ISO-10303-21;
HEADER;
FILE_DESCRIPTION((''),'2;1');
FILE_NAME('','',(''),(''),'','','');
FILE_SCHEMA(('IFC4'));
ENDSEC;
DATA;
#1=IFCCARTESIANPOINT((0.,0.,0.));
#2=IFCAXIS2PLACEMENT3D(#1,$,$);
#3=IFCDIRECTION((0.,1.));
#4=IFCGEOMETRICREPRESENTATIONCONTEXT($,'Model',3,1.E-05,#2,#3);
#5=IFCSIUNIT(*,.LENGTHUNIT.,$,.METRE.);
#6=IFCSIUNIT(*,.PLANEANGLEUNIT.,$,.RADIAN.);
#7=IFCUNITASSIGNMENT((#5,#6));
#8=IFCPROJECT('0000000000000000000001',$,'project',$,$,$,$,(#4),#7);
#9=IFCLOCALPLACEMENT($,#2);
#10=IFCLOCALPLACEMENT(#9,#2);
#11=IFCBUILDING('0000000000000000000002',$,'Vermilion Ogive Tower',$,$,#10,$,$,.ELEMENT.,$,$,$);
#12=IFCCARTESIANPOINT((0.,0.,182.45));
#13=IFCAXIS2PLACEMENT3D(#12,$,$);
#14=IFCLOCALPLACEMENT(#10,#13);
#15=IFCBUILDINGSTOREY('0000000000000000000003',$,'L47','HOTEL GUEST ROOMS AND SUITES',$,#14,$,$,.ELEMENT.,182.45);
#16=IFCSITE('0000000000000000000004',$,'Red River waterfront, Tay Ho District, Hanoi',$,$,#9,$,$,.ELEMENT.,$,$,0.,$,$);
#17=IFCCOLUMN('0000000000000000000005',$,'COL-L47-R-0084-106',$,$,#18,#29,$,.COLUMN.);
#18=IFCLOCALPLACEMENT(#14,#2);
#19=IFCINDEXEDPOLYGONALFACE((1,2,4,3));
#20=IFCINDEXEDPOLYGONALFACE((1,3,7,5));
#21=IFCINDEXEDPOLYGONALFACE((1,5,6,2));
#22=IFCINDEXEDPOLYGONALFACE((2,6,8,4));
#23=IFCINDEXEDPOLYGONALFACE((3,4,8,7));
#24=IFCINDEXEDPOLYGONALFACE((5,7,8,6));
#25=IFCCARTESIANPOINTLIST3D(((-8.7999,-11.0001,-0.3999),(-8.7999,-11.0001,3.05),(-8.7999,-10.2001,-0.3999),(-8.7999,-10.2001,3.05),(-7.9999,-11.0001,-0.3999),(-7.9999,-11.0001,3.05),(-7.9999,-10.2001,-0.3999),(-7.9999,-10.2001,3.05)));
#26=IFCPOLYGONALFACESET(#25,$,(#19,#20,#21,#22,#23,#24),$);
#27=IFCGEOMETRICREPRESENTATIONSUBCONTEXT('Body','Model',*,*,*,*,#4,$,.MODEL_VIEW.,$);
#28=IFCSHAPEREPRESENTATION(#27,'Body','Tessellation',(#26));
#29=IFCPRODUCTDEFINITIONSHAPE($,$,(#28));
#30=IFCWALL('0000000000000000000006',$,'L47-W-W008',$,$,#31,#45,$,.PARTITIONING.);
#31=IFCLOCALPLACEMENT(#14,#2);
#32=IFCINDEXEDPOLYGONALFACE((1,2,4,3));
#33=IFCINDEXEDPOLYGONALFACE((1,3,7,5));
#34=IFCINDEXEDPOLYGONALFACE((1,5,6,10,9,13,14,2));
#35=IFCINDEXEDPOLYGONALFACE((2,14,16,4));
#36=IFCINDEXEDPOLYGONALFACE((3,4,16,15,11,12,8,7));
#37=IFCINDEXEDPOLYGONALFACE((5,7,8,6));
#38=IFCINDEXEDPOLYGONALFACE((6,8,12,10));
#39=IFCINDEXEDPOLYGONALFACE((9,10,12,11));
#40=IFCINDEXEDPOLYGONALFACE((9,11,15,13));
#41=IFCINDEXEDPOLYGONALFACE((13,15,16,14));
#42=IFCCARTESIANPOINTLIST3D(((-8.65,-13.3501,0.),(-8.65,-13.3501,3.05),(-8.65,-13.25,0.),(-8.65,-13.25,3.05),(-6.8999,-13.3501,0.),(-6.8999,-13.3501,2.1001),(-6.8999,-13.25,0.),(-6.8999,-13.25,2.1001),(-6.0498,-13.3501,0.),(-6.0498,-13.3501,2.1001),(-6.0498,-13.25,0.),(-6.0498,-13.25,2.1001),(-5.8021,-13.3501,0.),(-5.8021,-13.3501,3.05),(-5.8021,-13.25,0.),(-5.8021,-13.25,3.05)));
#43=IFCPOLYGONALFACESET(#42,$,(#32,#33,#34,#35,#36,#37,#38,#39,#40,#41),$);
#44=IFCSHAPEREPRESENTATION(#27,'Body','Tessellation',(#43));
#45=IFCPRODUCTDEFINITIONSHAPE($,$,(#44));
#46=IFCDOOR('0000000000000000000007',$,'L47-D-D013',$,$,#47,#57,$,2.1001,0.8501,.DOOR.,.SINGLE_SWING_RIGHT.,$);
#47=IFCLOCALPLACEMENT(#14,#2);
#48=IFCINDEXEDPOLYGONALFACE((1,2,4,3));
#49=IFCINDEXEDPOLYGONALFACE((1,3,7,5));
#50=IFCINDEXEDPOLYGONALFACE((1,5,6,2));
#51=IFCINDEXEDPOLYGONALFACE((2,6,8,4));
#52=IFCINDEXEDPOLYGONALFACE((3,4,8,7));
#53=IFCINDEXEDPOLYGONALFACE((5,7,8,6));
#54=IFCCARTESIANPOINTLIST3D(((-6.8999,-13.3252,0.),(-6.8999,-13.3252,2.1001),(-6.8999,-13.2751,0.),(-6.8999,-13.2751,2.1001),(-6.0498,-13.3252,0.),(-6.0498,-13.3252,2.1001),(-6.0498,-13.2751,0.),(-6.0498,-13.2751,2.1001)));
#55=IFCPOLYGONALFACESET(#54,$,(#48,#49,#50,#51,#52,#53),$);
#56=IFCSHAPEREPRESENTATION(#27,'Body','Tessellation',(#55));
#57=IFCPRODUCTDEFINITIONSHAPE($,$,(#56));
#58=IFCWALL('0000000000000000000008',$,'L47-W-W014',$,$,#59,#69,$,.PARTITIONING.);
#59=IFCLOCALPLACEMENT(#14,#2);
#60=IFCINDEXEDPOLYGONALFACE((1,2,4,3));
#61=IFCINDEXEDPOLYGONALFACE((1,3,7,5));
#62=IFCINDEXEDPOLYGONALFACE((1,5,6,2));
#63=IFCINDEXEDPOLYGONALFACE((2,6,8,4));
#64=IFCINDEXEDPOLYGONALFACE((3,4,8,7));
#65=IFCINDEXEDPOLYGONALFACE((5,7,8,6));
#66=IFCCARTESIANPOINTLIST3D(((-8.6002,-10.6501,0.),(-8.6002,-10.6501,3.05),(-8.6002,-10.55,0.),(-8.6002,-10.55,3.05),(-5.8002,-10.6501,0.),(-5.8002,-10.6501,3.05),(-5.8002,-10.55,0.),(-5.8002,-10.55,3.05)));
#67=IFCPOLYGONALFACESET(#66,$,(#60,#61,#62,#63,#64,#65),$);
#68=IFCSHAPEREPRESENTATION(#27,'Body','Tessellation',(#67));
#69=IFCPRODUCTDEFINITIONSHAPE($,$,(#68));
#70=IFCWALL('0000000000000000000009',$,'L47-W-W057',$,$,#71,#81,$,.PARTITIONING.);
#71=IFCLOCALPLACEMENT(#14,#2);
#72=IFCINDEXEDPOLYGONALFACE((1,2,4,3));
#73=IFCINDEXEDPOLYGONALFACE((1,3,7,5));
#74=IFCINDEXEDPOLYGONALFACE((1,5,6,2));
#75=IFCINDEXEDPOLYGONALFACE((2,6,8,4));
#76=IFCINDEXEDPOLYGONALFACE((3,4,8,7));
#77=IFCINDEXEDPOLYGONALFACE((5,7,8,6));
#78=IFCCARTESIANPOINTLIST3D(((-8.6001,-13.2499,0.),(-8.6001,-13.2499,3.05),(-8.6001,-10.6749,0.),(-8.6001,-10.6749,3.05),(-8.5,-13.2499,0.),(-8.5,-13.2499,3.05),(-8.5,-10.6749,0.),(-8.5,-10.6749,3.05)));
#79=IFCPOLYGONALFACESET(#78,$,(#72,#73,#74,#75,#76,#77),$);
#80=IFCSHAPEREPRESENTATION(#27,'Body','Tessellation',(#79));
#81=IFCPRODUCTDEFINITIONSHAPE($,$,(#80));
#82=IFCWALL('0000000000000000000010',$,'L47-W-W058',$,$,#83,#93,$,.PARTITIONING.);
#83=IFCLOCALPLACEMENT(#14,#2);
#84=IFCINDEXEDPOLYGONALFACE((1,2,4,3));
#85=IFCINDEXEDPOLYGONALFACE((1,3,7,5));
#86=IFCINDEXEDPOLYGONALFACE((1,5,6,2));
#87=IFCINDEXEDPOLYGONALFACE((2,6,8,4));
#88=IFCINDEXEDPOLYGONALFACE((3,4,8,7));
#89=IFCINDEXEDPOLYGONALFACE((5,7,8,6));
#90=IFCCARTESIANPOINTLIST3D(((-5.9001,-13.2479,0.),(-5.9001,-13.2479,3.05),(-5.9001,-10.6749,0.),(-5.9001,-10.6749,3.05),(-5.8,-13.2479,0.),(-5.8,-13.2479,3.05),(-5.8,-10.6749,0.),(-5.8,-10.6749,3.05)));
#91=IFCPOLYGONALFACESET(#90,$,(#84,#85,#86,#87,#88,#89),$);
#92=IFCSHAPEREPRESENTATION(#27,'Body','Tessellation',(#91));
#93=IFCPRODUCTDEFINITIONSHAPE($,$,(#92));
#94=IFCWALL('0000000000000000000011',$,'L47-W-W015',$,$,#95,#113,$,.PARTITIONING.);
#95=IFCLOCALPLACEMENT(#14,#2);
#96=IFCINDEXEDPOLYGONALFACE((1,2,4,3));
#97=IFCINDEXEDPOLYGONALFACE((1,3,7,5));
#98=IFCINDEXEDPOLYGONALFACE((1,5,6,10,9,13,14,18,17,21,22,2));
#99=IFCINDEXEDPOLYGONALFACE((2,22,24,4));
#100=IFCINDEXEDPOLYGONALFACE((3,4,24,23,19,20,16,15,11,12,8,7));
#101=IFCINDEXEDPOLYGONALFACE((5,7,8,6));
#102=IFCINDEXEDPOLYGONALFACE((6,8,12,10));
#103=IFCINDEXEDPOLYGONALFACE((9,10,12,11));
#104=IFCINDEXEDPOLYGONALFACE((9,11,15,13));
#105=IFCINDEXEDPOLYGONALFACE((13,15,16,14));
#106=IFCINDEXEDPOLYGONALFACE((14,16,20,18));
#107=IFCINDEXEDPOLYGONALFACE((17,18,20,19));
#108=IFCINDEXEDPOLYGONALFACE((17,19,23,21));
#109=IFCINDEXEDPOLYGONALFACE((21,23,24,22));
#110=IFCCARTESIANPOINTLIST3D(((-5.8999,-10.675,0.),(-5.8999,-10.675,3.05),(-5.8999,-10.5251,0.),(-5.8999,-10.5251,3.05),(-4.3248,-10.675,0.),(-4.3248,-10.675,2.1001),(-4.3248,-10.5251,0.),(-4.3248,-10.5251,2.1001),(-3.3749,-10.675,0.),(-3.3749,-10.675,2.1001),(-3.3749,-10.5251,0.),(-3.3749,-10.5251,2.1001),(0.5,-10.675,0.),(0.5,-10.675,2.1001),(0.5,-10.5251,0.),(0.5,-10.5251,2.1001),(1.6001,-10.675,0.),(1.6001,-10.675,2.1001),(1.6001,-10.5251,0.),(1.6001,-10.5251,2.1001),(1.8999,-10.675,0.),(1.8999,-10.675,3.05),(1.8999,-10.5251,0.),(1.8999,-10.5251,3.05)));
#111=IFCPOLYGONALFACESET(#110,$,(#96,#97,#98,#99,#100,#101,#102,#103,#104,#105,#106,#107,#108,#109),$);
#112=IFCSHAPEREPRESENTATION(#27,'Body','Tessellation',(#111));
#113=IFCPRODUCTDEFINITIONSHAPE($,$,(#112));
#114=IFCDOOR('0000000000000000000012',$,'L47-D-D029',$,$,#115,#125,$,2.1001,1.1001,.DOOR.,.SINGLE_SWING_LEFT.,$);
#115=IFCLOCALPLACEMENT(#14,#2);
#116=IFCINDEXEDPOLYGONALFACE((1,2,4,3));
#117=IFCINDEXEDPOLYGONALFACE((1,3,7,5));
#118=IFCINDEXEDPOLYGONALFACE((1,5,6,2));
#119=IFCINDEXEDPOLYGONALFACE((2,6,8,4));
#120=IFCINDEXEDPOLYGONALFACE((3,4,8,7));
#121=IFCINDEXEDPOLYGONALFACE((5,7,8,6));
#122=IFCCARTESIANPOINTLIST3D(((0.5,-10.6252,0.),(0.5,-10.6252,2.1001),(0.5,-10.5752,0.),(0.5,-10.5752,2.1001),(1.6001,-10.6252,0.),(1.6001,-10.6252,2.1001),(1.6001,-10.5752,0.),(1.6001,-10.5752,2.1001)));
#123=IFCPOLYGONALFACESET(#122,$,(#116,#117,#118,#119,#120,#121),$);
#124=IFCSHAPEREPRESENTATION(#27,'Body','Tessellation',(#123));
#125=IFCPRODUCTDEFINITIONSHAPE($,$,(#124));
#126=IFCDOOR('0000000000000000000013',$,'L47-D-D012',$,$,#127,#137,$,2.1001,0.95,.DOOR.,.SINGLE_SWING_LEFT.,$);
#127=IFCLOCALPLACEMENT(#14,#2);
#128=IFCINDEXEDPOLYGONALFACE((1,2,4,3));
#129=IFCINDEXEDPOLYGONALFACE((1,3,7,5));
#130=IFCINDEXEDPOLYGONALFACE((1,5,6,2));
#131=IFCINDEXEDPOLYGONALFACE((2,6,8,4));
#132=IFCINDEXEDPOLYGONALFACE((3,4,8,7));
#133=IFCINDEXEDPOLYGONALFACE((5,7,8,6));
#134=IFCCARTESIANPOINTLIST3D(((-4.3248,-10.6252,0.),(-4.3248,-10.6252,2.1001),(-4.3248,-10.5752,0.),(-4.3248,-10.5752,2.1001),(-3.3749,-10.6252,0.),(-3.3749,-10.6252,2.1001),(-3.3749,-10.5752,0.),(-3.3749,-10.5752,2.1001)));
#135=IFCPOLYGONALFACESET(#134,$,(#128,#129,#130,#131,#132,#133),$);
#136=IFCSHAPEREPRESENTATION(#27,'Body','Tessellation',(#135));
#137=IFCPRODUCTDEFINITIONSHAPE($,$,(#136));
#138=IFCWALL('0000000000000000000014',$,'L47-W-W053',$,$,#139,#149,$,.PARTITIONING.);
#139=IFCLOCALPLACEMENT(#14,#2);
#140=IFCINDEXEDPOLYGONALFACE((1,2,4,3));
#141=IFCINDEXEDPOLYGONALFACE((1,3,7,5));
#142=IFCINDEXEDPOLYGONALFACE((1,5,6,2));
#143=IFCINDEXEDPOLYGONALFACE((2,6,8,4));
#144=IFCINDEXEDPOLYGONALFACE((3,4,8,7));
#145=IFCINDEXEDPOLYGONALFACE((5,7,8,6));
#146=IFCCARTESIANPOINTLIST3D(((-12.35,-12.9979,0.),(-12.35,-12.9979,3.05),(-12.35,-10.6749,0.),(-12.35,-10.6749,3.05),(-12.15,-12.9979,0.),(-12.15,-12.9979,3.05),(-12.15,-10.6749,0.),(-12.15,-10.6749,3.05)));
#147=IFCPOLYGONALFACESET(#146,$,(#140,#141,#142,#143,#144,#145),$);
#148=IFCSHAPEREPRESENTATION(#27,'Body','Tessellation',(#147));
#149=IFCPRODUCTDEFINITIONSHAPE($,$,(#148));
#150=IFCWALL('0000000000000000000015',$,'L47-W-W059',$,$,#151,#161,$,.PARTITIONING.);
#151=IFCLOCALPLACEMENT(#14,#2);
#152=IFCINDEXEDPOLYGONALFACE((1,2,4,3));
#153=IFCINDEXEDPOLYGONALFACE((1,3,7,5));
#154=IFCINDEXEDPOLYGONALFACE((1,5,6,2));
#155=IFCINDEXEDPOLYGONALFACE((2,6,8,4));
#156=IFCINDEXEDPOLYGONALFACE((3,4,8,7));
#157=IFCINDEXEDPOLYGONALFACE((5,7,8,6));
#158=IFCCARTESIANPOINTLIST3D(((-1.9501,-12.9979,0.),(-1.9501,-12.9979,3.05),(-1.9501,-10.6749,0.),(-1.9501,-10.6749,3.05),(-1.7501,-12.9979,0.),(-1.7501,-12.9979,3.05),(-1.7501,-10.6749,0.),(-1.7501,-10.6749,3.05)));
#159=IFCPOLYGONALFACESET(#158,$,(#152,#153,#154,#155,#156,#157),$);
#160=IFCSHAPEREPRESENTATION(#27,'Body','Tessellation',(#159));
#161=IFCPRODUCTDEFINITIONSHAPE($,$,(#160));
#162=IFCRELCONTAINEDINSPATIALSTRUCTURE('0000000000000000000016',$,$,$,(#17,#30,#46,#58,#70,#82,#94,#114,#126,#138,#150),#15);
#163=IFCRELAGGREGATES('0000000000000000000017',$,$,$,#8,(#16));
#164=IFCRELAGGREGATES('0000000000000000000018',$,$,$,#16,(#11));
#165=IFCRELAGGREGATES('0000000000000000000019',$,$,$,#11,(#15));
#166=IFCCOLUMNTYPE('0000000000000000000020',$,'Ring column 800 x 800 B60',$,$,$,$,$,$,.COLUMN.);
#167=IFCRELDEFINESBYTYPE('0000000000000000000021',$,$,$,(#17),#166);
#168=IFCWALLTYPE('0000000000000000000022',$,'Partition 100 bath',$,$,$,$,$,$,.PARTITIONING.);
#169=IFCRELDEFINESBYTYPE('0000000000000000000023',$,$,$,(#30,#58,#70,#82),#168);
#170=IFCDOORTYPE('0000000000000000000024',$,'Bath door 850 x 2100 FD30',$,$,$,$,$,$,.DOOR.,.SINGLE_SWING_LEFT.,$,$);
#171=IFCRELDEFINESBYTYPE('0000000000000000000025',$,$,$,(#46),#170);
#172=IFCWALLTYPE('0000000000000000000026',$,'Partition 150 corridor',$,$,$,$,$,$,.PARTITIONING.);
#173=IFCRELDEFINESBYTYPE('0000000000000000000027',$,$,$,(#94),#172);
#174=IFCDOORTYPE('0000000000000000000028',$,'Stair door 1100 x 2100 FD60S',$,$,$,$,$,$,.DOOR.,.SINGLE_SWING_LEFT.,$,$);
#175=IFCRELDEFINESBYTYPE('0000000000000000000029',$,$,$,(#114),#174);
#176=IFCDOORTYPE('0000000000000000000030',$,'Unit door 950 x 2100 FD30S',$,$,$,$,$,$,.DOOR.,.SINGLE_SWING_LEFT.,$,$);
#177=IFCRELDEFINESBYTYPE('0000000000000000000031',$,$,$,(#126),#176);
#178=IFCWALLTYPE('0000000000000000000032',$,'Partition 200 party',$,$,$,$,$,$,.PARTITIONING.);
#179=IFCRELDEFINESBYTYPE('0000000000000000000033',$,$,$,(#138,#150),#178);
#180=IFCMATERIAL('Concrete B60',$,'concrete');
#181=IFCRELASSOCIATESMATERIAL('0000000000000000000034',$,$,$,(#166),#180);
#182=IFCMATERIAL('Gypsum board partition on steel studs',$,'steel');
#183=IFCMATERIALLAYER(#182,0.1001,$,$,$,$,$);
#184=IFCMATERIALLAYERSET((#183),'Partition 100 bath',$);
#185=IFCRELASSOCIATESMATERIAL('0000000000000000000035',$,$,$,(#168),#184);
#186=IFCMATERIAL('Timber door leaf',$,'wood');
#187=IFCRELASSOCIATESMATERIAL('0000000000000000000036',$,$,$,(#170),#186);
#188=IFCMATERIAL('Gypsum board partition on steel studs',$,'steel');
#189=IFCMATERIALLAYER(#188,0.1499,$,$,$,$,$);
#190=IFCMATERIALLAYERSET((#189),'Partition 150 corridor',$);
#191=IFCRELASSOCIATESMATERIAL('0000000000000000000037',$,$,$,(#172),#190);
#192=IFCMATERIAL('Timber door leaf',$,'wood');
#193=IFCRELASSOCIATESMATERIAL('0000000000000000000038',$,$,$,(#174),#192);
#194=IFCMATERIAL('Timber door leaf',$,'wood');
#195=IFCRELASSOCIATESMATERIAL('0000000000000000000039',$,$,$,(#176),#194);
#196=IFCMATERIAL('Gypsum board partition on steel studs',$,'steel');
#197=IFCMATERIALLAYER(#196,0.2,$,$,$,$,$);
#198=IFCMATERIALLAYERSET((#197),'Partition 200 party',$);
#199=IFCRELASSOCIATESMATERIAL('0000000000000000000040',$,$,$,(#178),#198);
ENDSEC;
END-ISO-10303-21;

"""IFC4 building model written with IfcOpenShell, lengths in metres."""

from ifc_helpers import new_model, si_unit, direction, frame, frame_2d, origin, origin_2d, place, context, subcontext, project, spatial, rectangle, extrude, material, layer, layer_set, material_profile, profile_set, type_object, element, fill, save


model = new_model("IFC4")

# Units and contexts
model_context = context("Model", 3, precision=1e-05, world=origin(), true_north=direction((0.0, 1.0)))
body_context = subcontext(model_context, "Body", "Model", "MODEL_VIEW")
ifc_project = project(units=[si_unit("LENGTHUNIT", "METRE"), si_unit("PLANEANGLEUNIT", "RADIAN")], contexts=[model_context])

# Site, building, storey
site_placement = place(None, origin())
site = spatial("IfcSite", under=ifc_project, at=site_placement, Name="Red River waterfront, Tay Ho District, Hanoi", CompositionType="ELEMENT", RefElevation=0.0)
building_placement = place(site_placement, origin())
building = spatial("IfcBuilding", under=site, at=building_placement, Name="Vermilion Ogive Tower", CompositionType="ELEMENT")
storey_placement = place(building_placement, frame((0.0, 0.0, 182.45)))
storey = spatial("IfcBuildingStorey", under=building, at=storey_placement, Name="L47", Description="HOTEL GUEST ROOMS AND SUITES", CompositionType="ELEMENT", Elevation=182.45)

# Column
ifc_material_1 = material(Name="Concrete B60", Category="concrete")
ifc_material_profile = material_profile(ifc_material_1, rectangle(XDim=0.8, YDim=0.8, at=origin_2d()), Name="800 x 800")
ifc_profile_set = profile_set([ifc_material_profile], Name="Concrete B60")
column_type = type_object("IfcColumnType", Name="Ring column 800 x 800 B60", PredefinedType="COLUMN", material=ifc_profile_set)
column_placement = place(storey_placement, frame((-8.3999, -10.6001, -0.3999), z_axis=(0.0, 0.0, 1.0), x_axis=(1.0, 0.0, 0.0)))
element("IfcColumn", 1, at=column_placement, inside=storey, type_object=column_type, Name="COL-L47-R-0084-106", PredefinedType="COLUMN", context=body_context, shape_type="SweptSolid", body=[
    extrude(rectangle(XDim=0.8, YDim=0.8, at=origin_2d()), origin(), (0.0, 0.0, 1.0), 3.45),
])

# Wall, opening, door
ifc_material_2 = material(Name="Gypsum board partition on steel studs", Category="steel")
ifc_layer_1 = layer(ifc_material_2, 0.1001)
ifc_layer_set_1 = layer_set([ifc_layer_1], Name="Partition 100 bath")
wall_type_1 = type_object("IfcWallType", Name="Partition 100 bath", PredefinedType="PARTITIONING", material=ifc_layer_set_1)
wall_1_placement = place(storey_placement, frame((-8.6499, -13.3, 0.0), z_axis=(0.0, 0.0, 1.0), x_axis=(1.0, 0.0, 0.0)))
wall_1 = element("IfcWall", 2, at=wall_1_placement, inside=storey, type_object=wall_type_1, Name="L47-W-W008", PredefinedType="PARTITIONING", context=body_context, shape_type="SweptSolid", body=[
    extrude(rectangle(XDim=2.8479, YDim=0.1001, at=frame_2d((1.4238, 0.0))), origin(), (0.0, 0.0, 1.0), 3.05),
])
opening_1_placement = place(wall_1_placement, frame((1.75, 0.0, 0.0)))
opening_1 = element("IfcOpeningElement", 3, at=opening_1_placement, cuts=wall_1, PredefinedType="OPENING", context=body_context, shape_type="SweptSolid", body=[
    extrude(rectangle(XDim=0.8501, YDim=2.1001, at=frame_2d((0.425, 1.05))), frame((0.0, 0.0601, 0.0), z_axis=(0.0, -1.0, 0.0), x_axis=(1.0, 0.0, 0.0)), (0.0, 0.0, 1.0), 0.1201),
])
ifc_material_3 = material(Name="Timber door leaf", Category="wood")
door_type_1 = type_object("IfcDoorType", Name="Bath door 850 x 2100 FD30", OperationType="SINGLE_SWING_LEFT", PredefinedType="DOOR", material=ifc_material_3)
door_1_placement = place(opening_1_placement, origin())
door_1 = element("IfcDoor", 4, at=door_1_placement, inside=storey, type_object=door_type_1, Name="L47-D-D013", OperationType="SINGLE_SWING_RIGHT", OverallHeight=2.1001, OverallWidth=0.8501, PredefinedType="DOOR", context=body_context, shape_type="SweptSolid", body=[
    extrude(rectangle(XDim=0.8501, YDim=2.1001, at=frame_2d((0.425, 1.05))), frame((0.0, 0.0249, 0.0), z_axis=(0.0, -1.0, 0.0), x_axis=(1.0, 0.0, 0.0)), (0.0, 0.0, 1.0), 0.05),
])
fill(opening_1, door_1)

# Walls
wall_2_placement = place(storey_placement, frame((-8.6001, -10.6001, 0.0), z_axis=(0.0, 0.0, 1.0), x_axis=(1.0, 0.0, 0.0)))
element("IfcWall", 5, at=wall_2_placement, inside=storey, type_object=wall_type_1, Name="L47-W-W014", PredefinedType="PARTITIONING", context=body_context, shape_type="SweptSolid", body=[
    extrude(rectangle(XDim=2.8, YDim=0.1001, at=frame_2d((1.3999, 0.0))), origin(), (0.0, 0.0, 1.0), 3.05),
])
wall_3_placement = place(storey_placement, frame((-8.55, -13.25, 0.0), z_axis=(0.0, 0.0, 1.0), x_axis=(0.0, 1.0, 0.0)))
element("IfcWall", 6, at=wall_3_placement, inside=storey, type_object=wall_type_1, Name="L47-W-W057", PredefinedType="PARTITIONING", context=body_context, shape_type="SweptSolid", body=[
    extrude(rectangle(XDim=2.575, YDim=0.1001, at=frame_2d((1.2876, 0.0))), origin(), (0.0, 0.0, 1.0), 3.05),
])
wall_4_placement = place(storey_placement, frame((-5.8501, -13.248, 0.0), z_axis=(0.0, 0.0, 1.0), x_axis=(0.0, 1.0, 0.0)))
element("IfcWall", 7, at=wall_4_placement, inside=storey, type_object=wall_type_1, Name="L47-W-W058", PredefinedType="PARTITIONING", context=body_context, shape_type="SweptSolid", body=[
    extrude(rectangle(XDim=2.573, YDim=0.1001, at=frame_2d((1.2866, 0.0))), origin(), (0.0, 0.0, 1.0), 3.05),
])

# Wall, openings, doors
ifc_material_4 = material(Name="Gypsum board partition on steel studs", Category="steel")
ifc_layer_2 = layer(ifc_material_4, 0.1499)
ifc_layer_set_2 = layer_set([ifc_layer_2], Name="Partition 150 corridor")
wall_type_2 = type_object("IfcWallType", Name="Partition 150 corridor", PredefinedType="PARTITIONING", material=ifc_layer_set_2)
wall_5_placement = place(storey_placement, frame((-5.8999, -10.6001, 0.0), z_axis=(0.0, 0.0, 1.0), x_axis=(1.0, 0.0, 0.0)))
wall_5 = element("IfcWall", 8, at=wall_5_placement, inside=storey, type_object=wall_type_2, Name="L47-W-W015", PredefinedType="PARTITIONING", context=body_context, shape_type="SweptSolid", body=[
    extrude(rectangle(XDim=7.7998, YDim=0.1499, at=frame_2d((3.8999, 0.0))), origin(), (0.0, 0.0, 1.0), 3.05),
])
opening_2_placement = place(wall_5_placement, frame((1.575, 0.0, 0.0)))
opening_2 = element("IfcOpeningElement", 9, at=opening_2_placement, cuts=wall_5, PredefinedType="OPENING", context=body_context, shape_type="SweptSolid", body=[
    extrude(rectangle(XDim=0.95, YDim=2.1001, at=frame_2d((0.4751, 1.05))), frame((0.0, 0.085, 0.0), z_axis=(0.0, -1.0, 0.0), x_axis=(1.0, 0.0, 0.0)), (0.0, 0.0, 1.0), 0.1699),
])
opening_3_placement = place(wall_5_placement, frame((6.3999, 0.0, 0.0)))
opening_3 = element("IfcOpeningElement", 10, at=opening_3_placement, cuts=wall_5, PredefinedType="OPENING", context=body_context, shape_type="SweptSolid", body=[
    extrude(rectangle(XDim=1.1001, YDim=2.1001, at=frame_2d((0.55, 1.05))), frame((0.0, 0.085, 0.0), z_axis=(0.0, -1.0, 0.0), x_axis=(1.0, 0.0, 0.0)), (0.0, 0.0, 1.0), 0.1699),
])
ifc_material_5 = material(Name="Timber door leaf", Category="wood")
door_type_2 = type_object("IfcDoorType", Name="Stair door 1100 x 2100 FD60S", OperationType="SINGLE_SWING_LEFT", PredefinedType="DOOR", material=ifc_material_5)
door_2_placement = place(opening_3_placement, origin())
door_2 = element("IfcDoor", 11, at=door_2_placement, inside=storey, type_object=door_type_2, Name="L47-D-D029", OperationType="SINGLE_SWING_LEFT", OverallHeight=2.1001, OverallWidth=1.1001, PredefinedType="DOOR", context=body_context, shape_type="SweptSolid", body=[
    extrude(rectangle(XDim=1.1001, YDim=2.1001, at=frame_2d((0.55, 1.05))), frame((0.0, 0.0249, 0.0), z_axis=(0.0, -1.0, 0.0), x_axis=(1.0, 0.0, 0.0)), (0.0, 0.0, 1.0), 0.05),
])
fill(opening_3, door_2)
ifc_material_6 = material(Name="Timber door leaf", Category="wood")
door_type_3 = type_object("IfcDoorType", Name="Unit door 950 x 2100 FD30S", OperationType="SINGLE_SWING_LEFT", PredefinedType="DOOR", material=ifc_material_6)
door_3_placement = place(opening_2_placement, origin())
door_3 = element("IfcDoor", 12, at=door_3_placement, inside=storey, type_object=door_type_3, Name="L47-D-D012", OperationType="SINGLE_SWING_LEFT", OverallHeight=2.1001, OverallWidth=0.95, PredefinedType="DOOR", context=body_context, shape_type="SweptSolid", body=[
    extrude(rectangle(XDim=0.95, YDim=2.1001, at=frame_2d((0.4751, 1.05))), frame((0.0, 0.0249, 0.0), z_axis=(0.0, -1.0, 0.0), x_axis=(1.0, 0.0, 0.0)), (0.0, 0.0, 1.0), 0.05),
])
fill(opening_2, door_3)

# Walls
ifc_material_7 = material(Name="Gypsum board partition on steel studs", Category="steel")
ifc_layer_3 = layer(ifc_material_7, 0.2)
ifc_layer_set_3 = layer_set([ifc_layer_3], Name="Partition 200 party")
wall_type_3 = type_object("IfcWallType", Name="Partition 200 party", PredefinedType="PARTITIONING", material=ifc_layer_set_3)
for number, where, z_axis, x_axis, name in (
    (13, (-12.25, -12.998, 0.0), (0.0, 0.0, 1.0), (0.0, 1.0, 0.0), "L47-W-W053"),
    (14, (-1.8501, -12.998, 0.0), (0.0, 0.0, 1.0), (0.0, 1.0, 0.0), "L47-W-W059"),
):
    element("IfcWall", number, at=place(storey_placement, frame(where, z_axis=z_axis, x_axis=x_axis)), inside=storey, type_object=wall_type_3, Name=name, PredefinedType="PARTITIONING", context=body_context, shape_type="SweptSolid", body=[
        extrude(rectangle(XDim=2.323, YDim=0.2, at=frame_2d((1.1616, 0.0))), origin(), (0.0, 0.0, 1.0), 3.05),
    ])

save(model, "model.ifc")
